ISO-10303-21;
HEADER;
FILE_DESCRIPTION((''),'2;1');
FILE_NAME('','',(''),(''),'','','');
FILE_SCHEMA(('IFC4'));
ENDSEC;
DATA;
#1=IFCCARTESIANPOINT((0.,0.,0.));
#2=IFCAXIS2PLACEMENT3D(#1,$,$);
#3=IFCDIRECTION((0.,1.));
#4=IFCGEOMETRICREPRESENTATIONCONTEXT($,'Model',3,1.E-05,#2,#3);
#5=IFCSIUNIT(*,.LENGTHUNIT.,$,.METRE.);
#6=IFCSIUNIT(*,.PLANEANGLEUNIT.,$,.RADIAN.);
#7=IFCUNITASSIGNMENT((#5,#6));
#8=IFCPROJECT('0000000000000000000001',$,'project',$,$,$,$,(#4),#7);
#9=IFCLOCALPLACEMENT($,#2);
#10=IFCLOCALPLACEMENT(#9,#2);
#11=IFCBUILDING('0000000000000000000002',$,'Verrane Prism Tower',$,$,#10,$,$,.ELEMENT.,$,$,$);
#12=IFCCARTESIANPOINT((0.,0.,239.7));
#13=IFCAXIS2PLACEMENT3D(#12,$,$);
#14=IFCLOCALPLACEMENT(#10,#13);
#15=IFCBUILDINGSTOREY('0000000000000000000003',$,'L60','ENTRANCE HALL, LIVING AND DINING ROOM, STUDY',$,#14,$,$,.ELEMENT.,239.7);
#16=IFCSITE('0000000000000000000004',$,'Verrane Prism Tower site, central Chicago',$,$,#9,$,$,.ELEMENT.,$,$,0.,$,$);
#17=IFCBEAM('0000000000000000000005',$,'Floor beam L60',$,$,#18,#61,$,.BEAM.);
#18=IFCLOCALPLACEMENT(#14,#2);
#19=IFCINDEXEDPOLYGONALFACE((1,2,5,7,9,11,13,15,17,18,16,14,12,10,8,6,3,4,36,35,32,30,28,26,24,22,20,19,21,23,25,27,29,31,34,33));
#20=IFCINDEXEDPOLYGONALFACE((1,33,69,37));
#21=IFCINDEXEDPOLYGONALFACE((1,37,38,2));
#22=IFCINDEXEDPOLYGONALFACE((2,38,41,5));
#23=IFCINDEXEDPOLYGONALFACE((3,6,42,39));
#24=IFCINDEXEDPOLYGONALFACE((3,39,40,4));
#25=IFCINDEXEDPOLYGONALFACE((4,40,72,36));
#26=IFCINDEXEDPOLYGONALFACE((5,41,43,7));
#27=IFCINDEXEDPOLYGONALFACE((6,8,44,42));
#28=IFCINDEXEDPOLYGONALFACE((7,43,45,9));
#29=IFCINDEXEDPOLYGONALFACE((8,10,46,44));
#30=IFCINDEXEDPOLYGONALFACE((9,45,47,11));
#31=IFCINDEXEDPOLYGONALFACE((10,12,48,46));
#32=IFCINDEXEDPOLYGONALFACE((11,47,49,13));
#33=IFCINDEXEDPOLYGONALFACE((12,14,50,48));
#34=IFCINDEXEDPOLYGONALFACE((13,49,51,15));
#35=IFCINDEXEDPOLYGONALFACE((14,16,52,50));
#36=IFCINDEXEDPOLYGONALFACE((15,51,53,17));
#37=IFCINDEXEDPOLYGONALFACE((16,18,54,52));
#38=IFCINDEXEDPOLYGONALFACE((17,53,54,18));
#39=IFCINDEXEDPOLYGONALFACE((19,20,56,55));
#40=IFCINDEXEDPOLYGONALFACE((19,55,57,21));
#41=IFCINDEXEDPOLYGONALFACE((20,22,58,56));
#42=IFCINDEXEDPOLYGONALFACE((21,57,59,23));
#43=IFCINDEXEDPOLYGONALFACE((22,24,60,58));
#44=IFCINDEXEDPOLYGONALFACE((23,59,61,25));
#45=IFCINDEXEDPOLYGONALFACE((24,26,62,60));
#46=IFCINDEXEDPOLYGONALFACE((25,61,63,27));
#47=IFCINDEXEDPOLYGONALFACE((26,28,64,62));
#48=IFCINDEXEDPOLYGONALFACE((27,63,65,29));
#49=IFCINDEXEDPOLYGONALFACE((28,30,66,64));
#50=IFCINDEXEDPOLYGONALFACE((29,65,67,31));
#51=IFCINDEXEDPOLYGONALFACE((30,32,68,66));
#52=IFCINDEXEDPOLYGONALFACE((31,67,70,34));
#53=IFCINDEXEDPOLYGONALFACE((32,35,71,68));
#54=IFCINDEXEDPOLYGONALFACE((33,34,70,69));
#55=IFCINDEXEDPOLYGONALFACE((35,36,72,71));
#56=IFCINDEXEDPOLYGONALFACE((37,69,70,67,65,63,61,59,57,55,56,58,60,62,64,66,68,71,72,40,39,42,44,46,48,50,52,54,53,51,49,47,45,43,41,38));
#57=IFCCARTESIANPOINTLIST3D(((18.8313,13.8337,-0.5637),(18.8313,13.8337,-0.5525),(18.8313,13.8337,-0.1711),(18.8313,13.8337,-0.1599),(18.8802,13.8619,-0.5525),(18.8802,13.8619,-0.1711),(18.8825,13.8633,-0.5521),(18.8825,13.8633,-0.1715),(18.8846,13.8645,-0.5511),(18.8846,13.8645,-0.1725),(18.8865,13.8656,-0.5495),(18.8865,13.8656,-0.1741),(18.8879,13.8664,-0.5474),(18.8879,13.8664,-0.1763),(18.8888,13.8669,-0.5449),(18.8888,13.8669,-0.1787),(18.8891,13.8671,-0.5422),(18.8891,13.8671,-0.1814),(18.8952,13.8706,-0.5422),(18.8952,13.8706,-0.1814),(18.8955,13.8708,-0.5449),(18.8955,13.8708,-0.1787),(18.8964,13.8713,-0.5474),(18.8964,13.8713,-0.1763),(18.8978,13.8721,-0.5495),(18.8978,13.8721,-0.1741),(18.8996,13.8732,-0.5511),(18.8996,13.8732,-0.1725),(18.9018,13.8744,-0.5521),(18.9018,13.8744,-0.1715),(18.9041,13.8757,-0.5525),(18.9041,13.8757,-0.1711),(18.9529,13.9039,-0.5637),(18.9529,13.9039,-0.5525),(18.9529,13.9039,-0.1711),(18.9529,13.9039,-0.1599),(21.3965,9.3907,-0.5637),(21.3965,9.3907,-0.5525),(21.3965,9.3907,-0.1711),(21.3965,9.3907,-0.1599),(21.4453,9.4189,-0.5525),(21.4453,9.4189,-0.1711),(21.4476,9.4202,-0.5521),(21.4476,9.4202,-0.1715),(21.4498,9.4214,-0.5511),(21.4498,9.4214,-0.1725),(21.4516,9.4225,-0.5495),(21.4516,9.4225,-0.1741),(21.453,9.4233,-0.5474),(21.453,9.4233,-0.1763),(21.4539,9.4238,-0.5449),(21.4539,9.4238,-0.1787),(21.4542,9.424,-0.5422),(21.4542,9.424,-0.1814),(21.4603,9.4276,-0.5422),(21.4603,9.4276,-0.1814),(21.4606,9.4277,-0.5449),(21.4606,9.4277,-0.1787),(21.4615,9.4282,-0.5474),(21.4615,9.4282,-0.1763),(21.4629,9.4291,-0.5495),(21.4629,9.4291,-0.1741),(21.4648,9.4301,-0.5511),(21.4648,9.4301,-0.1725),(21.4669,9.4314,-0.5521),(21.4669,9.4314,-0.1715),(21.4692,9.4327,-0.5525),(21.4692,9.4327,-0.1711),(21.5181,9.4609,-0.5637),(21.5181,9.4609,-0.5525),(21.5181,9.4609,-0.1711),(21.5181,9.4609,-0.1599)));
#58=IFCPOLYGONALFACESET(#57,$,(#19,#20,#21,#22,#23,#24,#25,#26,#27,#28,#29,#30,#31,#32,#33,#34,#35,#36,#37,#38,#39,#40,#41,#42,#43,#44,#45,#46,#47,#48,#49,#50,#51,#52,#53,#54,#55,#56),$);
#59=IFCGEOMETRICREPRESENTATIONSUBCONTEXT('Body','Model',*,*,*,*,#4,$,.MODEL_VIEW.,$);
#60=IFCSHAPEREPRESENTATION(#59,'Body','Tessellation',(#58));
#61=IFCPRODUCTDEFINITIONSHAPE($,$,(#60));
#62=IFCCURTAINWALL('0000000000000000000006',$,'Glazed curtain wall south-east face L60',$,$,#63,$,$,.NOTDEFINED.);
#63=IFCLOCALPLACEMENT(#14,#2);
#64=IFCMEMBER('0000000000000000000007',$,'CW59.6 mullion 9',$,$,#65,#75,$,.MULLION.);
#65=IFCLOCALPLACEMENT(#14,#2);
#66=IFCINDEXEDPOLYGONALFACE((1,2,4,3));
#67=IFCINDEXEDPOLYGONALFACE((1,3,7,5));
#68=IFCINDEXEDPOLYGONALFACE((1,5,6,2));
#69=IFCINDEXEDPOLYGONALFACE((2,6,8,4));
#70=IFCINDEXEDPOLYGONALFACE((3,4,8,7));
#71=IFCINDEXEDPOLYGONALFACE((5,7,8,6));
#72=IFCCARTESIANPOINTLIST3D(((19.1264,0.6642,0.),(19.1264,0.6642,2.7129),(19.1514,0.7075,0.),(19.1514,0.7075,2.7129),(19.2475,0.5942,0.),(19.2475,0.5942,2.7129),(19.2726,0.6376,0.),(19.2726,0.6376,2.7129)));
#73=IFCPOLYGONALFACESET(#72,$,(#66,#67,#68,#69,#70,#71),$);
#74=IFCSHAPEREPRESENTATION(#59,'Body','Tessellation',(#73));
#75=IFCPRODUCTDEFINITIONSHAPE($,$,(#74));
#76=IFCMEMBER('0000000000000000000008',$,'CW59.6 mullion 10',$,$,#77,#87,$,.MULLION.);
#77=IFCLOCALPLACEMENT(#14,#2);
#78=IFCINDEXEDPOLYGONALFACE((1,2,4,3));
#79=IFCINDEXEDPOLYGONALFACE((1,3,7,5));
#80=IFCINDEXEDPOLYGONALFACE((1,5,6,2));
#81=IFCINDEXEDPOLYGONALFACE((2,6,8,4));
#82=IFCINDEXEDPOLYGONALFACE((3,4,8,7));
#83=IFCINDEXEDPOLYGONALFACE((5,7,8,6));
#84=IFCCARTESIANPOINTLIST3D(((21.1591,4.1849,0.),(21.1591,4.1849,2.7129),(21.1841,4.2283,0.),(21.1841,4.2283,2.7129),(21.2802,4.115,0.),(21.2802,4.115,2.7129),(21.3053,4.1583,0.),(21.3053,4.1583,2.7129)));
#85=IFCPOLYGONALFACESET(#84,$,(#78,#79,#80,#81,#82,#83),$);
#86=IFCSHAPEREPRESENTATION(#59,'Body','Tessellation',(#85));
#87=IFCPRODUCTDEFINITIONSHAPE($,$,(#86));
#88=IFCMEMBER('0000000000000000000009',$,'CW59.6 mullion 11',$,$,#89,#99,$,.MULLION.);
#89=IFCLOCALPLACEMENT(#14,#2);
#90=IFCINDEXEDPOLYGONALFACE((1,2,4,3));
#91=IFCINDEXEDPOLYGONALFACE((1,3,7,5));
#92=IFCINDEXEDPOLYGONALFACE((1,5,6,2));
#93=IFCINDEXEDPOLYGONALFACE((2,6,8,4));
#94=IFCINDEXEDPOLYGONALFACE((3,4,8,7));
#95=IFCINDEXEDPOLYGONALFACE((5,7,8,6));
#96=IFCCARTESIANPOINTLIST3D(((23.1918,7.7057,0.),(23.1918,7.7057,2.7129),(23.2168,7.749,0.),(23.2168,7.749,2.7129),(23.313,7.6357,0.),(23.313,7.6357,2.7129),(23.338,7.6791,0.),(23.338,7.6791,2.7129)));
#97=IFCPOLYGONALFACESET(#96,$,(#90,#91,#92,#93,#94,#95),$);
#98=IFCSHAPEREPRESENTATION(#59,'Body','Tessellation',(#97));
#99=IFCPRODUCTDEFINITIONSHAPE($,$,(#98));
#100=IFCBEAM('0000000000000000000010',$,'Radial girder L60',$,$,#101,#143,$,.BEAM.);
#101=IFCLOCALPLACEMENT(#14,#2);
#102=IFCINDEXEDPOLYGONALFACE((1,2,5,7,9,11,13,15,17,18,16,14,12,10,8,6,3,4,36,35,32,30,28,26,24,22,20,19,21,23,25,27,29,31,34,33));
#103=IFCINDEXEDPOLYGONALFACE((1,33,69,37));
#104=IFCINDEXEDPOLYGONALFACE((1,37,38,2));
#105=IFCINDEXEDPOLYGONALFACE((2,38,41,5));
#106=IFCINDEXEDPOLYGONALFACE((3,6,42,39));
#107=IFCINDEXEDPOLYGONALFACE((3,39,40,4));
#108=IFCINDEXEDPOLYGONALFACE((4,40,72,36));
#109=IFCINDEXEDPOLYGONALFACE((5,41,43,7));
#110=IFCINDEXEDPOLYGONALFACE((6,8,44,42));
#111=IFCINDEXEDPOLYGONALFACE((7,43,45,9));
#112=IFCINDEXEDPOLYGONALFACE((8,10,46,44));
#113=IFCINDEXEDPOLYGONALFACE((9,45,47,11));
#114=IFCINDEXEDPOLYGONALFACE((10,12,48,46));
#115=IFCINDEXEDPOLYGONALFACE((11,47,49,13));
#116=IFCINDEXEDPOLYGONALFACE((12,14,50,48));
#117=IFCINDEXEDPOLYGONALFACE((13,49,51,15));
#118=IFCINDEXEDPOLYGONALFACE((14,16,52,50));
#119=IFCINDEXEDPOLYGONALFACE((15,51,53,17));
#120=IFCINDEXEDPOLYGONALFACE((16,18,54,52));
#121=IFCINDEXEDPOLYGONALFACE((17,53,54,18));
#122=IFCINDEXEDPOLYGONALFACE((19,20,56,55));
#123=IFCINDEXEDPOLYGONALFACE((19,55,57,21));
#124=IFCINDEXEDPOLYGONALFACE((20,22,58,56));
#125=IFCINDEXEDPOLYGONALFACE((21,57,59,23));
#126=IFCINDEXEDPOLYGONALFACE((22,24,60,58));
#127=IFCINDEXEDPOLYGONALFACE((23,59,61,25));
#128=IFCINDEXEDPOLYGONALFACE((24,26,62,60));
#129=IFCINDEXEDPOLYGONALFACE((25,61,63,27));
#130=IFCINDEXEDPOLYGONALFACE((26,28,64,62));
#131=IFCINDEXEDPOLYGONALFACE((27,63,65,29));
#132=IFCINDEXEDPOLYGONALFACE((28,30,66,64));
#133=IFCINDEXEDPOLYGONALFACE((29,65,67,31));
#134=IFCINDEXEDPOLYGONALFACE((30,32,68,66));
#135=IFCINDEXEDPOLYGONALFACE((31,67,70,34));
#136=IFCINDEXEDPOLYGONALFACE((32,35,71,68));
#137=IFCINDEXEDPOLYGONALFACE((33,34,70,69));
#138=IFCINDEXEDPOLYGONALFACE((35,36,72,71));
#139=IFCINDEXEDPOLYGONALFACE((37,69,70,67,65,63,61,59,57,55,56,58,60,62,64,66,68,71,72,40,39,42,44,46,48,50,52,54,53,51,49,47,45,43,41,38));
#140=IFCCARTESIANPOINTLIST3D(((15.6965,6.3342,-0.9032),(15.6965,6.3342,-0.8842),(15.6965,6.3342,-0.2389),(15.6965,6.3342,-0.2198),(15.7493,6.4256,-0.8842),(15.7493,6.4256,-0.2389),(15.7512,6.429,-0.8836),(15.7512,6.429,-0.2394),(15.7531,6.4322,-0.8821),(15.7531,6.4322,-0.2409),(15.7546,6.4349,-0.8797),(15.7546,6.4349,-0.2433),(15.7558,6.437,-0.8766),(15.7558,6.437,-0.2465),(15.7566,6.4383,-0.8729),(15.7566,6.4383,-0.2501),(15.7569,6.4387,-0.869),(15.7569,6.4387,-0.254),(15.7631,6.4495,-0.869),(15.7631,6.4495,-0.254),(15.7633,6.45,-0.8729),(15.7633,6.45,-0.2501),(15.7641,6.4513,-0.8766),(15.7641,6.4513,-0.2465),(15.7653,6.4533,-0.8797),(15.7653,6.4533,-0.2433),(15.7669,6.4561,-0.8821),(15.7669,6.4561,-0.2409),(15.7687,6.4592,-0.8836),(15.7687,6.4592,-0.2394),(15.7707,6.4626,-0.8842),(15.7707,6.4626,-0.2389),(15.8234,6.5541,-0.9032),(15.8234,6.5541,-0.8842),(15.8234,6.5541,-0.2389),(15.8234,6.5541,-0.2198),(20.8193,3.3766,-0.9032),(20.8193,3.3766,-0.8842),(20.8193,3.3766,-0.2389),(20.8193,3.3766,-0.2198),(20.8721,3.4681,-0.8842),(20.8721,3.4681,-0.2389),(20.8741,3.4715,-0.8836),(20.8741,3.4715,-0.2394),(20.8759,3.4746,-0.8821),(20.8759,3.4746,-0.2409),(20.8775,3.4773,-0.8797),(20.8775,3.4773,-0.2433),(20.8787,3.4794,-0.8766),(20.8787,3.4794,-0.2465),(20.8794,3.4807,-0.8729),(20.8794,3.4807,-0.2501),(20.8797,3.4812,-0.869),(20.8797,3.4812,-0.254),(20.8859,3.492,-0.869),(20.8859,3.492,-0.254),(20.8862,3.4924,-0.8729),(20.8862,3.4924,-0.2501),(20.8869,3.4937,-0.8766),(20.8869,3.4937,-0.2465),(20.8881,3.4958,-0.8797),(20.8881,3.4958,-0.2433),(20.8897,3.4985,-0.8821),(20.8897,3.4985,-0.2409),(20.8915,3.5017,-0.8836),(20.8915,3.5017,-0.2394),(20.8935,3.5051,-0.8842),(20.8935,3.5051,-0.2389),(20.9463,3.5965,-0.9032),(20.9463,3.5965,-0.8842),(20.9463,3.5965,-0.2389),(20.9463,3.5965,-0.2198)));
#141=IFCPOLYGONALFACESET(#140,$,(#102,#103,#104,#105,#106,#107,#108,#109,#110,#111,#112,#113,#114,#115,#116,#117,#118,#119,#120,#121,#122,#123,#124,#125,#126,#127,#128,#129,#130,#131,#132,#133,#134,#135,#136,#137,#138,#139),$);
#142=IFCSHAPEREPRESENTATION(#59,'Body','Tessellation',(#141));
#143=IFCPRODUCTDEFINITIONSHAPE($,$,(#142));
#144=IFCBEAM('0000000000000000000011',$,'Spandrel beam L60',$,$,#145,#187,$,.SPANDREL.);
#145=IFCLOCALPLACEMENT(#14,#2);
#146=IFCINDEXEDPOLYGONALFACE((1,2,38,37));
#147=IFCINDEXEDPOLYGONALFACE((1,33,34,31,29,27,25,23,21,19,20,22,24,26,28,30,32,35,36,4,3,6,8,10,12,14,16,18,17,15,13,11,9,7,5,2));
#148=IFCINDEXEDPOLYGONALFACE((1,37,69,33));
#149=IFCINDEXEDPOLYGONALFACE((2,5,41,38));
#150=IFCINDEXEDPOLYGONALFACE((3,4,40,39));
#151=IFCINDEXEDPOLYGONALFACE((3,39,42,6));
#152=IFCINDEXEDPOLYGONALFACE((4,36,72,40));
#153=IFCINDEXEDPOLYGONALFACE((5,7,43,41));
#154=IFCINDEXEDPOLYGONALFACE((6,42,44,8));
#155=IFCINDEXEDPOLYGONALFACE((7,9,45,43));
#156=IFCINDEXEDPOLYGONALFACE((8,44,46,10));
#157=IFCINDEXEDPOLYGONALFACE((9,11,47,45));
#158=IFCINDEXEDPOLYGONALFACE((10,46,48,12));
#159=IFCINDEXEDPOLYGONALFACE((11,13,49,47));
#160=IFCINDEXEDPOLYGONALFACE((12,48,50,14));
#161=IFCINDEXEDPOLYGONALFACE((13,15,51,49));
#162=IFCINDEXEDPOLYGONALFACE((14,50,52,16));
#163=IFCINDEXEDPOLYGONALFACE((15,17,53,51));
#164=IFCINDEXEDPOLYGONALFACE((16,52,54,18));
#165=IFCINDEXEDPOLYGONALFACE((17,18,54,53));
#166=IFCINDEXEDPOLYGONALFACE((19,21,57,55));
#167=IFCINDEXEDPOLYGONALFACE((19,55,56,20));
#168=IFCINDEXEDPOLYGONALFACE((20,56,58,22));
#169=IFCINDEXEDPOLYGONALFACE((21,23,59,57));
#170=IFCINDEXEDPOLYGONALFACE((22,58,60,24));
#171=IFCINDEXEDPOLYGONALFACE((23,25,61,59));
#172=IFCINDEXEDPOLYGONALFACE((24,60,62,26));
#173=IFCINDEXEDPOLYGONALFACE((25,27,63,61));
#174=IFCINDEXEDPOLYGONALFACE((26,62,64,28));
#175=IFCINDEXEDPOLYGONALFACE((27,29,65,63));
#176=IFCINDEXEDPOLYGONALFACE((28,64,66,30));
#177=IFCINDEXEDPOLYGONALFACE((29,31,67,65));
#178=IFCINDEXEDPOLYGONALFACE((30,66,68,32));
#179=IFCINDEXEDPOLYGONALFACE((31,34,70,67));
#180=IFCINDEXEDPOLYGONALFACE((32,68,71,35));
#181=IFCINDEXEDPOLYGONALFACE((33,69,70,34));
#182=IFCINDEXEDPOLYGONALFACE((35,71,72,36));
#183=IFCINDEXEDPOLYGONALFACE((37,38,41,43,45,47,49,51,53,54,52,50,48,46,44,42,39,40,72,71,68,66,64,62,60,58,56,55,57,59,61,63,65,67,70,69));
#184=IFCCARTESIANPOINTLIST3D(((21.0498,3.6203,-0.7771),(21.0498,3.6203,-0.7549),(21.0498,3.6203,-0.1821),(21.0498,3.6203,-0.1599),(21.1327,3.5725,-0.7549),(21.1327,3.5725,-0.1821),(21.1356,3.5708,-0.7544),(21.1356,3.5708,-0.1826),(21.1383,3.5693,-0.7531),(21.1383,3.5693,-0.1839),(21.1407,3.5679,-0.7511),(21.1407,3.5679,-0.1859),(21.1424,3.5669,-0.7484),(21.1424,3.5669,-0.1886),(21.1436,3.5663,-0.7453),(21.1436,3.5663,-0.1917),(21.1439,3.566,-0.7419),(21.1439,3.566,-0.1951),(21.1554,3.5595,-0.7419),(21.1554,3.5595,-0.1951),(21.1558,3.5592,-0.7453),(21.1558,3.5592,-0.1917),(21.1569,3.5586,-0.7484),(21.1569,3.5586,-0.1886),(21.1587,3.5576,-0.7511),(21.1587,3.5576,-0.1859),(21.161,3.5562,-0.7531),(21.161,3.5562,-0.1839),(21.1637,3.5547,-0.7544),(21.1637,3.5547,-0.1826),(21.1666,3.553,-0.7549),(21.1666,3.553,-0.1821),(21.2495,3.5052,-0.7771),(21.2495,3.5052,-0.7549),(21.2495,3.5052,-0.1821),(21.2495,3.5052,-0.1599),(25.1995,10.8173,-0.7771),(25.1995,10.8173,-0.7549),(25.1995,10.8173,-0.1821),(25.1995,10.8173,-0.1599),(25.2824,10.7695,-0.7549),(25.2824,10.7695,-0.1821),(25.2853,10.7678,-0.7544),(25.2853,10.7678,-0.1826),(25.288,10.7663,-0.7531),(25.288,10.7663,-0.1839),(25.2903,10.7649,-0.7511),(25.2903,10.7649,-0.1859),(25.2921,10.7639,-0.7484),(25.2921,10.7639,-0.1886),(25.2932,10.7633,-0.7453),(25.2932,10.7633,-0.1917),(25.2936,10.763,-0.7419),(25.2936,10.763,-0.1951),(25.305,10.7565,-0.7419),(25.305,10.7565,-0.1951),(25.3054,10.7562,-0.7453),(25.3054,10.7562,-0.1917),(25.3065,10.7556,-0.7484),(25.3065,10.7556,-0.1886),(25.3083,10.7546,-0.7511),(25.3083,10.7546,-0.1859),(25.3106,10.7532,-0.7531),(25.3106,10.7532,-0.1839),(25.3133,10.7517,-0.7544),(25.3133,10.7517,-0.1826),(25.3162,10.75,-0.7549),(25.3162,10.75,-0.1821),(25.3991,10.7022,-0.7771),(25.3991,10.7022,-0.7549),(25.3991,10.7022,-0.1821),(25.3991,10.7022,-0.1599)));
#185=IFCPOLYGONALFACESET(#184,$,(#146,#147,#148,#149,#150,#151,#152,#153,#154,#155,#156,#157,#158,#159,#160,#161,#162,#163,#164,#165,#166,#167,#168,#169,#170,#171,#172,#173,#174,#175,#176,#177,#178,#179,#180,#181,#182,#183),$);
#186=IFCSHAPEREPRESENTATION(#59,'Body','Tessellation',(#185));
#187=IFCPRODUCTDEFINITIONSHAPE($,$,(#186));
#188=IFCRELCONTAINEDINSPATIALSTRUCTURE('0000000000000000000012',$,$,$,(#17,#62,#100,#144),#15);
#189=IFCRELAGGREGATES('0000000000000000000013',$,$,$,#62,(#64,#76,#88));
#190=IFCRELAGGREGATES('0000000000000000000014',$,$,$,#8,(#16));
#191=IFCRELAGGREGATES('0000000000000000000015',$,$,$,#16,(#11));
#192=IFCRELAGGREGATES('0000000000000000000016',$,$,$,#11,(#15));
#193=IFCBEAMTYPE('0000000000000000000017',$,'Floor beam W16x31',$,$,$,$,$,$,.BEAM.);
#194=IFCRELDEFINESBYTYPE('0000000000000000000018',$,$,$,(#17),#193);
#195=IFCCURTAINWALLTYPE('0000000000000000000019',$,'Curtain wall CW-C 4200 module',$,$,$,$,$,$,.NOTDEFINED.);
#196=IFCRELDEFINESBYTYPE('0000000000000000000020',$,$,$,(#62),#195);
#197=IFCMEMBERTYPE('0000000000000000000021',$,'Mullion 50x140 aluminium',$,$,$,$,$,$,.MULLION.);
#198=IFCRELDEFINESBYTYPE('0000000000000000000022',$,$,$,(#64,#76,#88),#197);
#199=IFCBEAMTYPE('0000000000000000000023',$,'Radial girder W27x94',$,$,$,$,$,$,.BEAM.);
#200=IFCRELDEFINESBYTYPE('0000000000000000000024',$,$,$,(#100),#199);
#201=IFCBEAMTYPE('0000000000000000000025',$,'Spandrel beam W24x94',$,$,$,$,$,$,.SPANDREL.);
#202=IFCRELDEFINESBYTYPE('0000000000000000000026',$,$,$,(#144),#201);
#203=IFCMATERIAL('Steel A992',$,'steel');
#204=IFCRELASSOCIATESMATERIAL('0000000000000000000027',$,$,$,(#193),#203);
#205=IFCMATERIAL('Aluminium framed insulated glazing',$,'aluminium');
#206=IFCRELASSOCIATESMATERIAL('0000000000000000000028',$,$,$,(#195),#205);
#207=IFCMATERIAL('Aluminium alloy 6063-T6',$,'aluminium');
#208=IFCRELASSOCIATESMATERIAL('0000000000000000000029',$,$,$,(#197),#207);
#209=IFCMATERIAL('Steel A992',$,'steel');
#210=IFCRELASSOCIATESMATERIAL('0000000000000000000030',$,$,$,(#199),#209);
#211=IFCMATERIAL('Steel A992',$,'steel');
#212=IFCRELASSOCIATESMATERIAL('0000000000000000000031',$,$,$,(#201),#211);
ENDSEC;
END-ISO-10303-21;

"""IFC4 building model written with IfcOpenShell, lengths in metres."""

from ifc_helpers import new_model, si_unit, direction, frame, origin, origin_2d, place, context, subcontext, project, spatial, rectangle, i_section, extrude, material, material_profile, profile_set, type_object, element, aggregate, save


model = new_model("IFC4")

# Units and contexts
model_context = context("Model", 3, precision=1e-05, world=origin(), true_north=direction((0.0, 1.0)))
body_context = subcontext(model_context, "Body", "Model", "MODEL_VIEW")
ifc_project = project(units=[si_unit("LENGTHUNIT", "METRE"), si_unit("PLANEANGLEUNIT", "RADIAN")], contexts=[model_context])

# Site, building, storey
site_placement = place(None, origin())
site = spatial("IfcSite", under=ifc_project, at=site_placement, Name="Verrane Prism Tower site, central Chicago", CompositionType="ELEMENT", RefElevation=0.0)
building_placement = place(site_placement, origin())
building = spatial("IfcBuilding", under=site, at=building_placement, Name="Verrane Prism Tower", CompositionType="ELEMENT")
storey_placement = place(building_placement, frame((0.0, 0.0, 239.7)))
storey = spatial("IfcBuildingStorey", under=building, at=storey_placement, Name="L60", Description="ENTRANCE HALL, LIVING AND DINING ROOM, STUDY", CompositionType="ELEMENT", Elevation=239.7)

# Beam
ifc_material_1 = material(Name="Steel A992", Category="steel")
ifc_material_profile_1 = material_profile(ifc_material_1, i_section(OverallWidth=0.1404, OverallDepth=0.4038, WebThickness=0.0071, FlangeThickness=0.0112, FilletRadius=0.0103, at=origin_2d()), Name="W16x31")
ifc_profile_set_1 = profile_set([ifc_material_profile_1], Name="Steel A992")
beam_type_1 = type_object("IfcBeamType", Name="Floor beam W16x31", PredefinedType="BEAM", material=ifc_profile_set_1)
beam_1_placement = place(storey_placement, frame((21.4573, 9.4258, -0.3618), z_axis=(-0.499993, 0.866029, 0.0), x_axis=(-0.866029, -0.499993, 0.0)))
element("IfcBeam", 1, at=beam_1_placement, inside=storey, type_object=beam_type_1, Name="Floor beam L60", PredefinedType="BEAM", context=body_context, shape_type="SweptSolid", body=[
    extrude(i_section(OverallWidth=0.1404, OverallDepth=0.4038, WebThickness=0.0071, FlangeThickness=0.0112, FilletRadius=0.0103, at=origin_2d()), origin(), (0.0, 0.0, 1.0), 5.1304),
])

# Curtain wall, members
ifc_material_2 = material(Name="Aluminium framed insulated glazing", Category="aluminium")
curtain_wall_type = type_object("IfcCurtainWallType", Name="Curtain wall CW-C 4200 module", PredefinedType="NOTDEFINED", material=ifc_material_2)
curtain_wall_placement = place(storey_placement, origin())
curtain_wall = element("IfcCurtainWall", 2, at=curtain_wall_placement, inside=storey, type_object=curtain_wall_type, Name="Glazed curtain wall south-east face L60", PredefinedType="NOTDEFINED")
ifc_material_3 = material(Name="Aluminium alloy 6063-T6", Category="aluminium")
ifc_material_profile_2 = material_profile(ifc_material_3, rectangle(XDim=0.1399, YDim=0.05, at=origin_2d()), Name="Mullion 50x140 aluminium")
ifc_profile_set_2 = profile_set([ifc_material_profile_2], Name="Aluminium alloy 6063-T6")
member_type_1 = type_object("IfcMemberType", Name="Mullion 50x140 aluminium", PredefinedType="MULLION", material=ifc_profile_set_2)
member_1_placement = place(storey_placement, frame((19.1995, 0.6509, 0.0), z_axis=(0.0, 0.0, 1.0), x_axis=(-0.866026, 0.499999, 0.0)))
member_1 = element("IfcMember", 3, at=member_1_placement, type_object=member_type_1, Name="CW59.6 mullion 9", PredefinedType="MULLION", context=body_context, shape_type="SweptSolid", body=[
    extrude(rectangle(XDim=0.1399, YDim=0.05, at=origin_2d()), origin(), (0.0, 0.0, 1.0), 2.7129),
])
member_2_placement = place(storey_placement, frame((21.2322, 4.1716, 0.0), z_axis=(0.0, 0.0, 1.0), x_axis=(-0.866026, 0.499999, 0.0)))
member_2 = element("IfcMember", 4, at=member_2_placement, type_object=member_type_1, Name="CW59.6 mullion 10", PredefinedType="MULLION", context=body_context, shape_type="SweptSolid", body=[
    extrude(rectangle(XDim=0.1399, YDim=0.05, at=origin_2d()), origin(), (0.0, 0.0, 1.0), 2.7129),
])
member_3_placement = place(storey_placement, frame((23.2649, 7.6924, 0.0), z_axis=(0.0, 0.0, 1.0), x_axis=(-0.866026, 0.499999, 0.0)))
member_3 = element("IfcMember", 5, at=member_3_placement, type_object=member_type_1, Name="CW59.6 mullion 11", PredefinedType="MULLION", context=body_context, shape_type="SweptSolid", body=[
    extrude(rectangle(XDim=0.1399, YDim=0.05, at=origin_2d()), origin(), (0.0, 0.0, 1.0), 2.7129),
])

# Beams
ifc_material_4 = material(Name="Steel A992", Category="steel")
ifc_material_profile_3 = material_profile(ifc_material_4, i_section(OverallWidth=0.2539, OverallDepth=0.6833, WebThickness=0.0125, FlangeThickness=0.019, FilletRadius=0.0151, at=origin_2d()), Name="W27x94")
ifc_profile_set_3 = profile_set([ifc_material_profile_3], Name="Steel A992")
beam_type_2 = type_object("IfcBeamType", Name="Radial girder W27x94", PredefinedType="BEAM", material=ifc_profile_set_3)
beam_2_placement = place(storey_placement, frame((20.8828, 3.4866, -0.5615), z_axis=(-0.866035, 0.499983, 0.0), x_axis=(-0.499983, -0.866035, 0.0)))
element("IfcBeam", 6, at=beam_2_placement, inside=storey, type_object=beam_type_2, Name="Radial girder L60", PredefinedType="BEAM", context=body_context, shape_type="SweptSolid", body=[
    extrude(i_section(OverallWidth=0.2539, OverallDepth=0.6833, WebThickness=0.0125, FlangeThickness=0.019, FilletRadius=0.0151, at=origin_2d()), origin(), (0.0, 0.0, 1.0), 5.9153),
])
ifc_material_5 = material(Name="Steel A992", Category="steel")
ifc_material_profile_4 = material_profile(ifc_material_5, i_section(OverallWidth=0.2305, OverallDepth=0.6172, WebThickness=0.0132, FlangeThickness=0.0222, FilletRadius=0.0129, at=origin_2d()), Name="W24x94")
ifc_profile_set_4 = profile_set([ifc_material_profile_4], Name="Steel A992")
beam_type_3 = type_object("IfcBeamType", Name="Spandrel beam W24x94", PredefinedType="SPANDREL", material=ifc_profile_set_4)
beam_3_placement = place(storey_placement, frame((21.1497, 3.5627, -0.4685), z_axis=(0.499499, 0.866314, 0.0), x_axis=(-0.866314, 0.499499, 0.0)))
element("IfcBeam", 7, at=beam_3_placement, inside=storey, type_object=beam_type_3, Name="Spandrel beam L60", PredefinedType="SPANDREL", context=body_context, shape_type="SweptSolid", body=[
    extrude(i_section(OverallWidth=0.2305, OverallDepth=0.6172, WebThickness=0.0132, FlangeThickness=0.0222, FilletRadius=0.0129, at=origin_2d()), origin(), (0.0, 0.0, 1.0), 8.3076),
])

aggregate(curtain_wall, [member_1, member_2, member_3])

save(model, "model.ifc")
